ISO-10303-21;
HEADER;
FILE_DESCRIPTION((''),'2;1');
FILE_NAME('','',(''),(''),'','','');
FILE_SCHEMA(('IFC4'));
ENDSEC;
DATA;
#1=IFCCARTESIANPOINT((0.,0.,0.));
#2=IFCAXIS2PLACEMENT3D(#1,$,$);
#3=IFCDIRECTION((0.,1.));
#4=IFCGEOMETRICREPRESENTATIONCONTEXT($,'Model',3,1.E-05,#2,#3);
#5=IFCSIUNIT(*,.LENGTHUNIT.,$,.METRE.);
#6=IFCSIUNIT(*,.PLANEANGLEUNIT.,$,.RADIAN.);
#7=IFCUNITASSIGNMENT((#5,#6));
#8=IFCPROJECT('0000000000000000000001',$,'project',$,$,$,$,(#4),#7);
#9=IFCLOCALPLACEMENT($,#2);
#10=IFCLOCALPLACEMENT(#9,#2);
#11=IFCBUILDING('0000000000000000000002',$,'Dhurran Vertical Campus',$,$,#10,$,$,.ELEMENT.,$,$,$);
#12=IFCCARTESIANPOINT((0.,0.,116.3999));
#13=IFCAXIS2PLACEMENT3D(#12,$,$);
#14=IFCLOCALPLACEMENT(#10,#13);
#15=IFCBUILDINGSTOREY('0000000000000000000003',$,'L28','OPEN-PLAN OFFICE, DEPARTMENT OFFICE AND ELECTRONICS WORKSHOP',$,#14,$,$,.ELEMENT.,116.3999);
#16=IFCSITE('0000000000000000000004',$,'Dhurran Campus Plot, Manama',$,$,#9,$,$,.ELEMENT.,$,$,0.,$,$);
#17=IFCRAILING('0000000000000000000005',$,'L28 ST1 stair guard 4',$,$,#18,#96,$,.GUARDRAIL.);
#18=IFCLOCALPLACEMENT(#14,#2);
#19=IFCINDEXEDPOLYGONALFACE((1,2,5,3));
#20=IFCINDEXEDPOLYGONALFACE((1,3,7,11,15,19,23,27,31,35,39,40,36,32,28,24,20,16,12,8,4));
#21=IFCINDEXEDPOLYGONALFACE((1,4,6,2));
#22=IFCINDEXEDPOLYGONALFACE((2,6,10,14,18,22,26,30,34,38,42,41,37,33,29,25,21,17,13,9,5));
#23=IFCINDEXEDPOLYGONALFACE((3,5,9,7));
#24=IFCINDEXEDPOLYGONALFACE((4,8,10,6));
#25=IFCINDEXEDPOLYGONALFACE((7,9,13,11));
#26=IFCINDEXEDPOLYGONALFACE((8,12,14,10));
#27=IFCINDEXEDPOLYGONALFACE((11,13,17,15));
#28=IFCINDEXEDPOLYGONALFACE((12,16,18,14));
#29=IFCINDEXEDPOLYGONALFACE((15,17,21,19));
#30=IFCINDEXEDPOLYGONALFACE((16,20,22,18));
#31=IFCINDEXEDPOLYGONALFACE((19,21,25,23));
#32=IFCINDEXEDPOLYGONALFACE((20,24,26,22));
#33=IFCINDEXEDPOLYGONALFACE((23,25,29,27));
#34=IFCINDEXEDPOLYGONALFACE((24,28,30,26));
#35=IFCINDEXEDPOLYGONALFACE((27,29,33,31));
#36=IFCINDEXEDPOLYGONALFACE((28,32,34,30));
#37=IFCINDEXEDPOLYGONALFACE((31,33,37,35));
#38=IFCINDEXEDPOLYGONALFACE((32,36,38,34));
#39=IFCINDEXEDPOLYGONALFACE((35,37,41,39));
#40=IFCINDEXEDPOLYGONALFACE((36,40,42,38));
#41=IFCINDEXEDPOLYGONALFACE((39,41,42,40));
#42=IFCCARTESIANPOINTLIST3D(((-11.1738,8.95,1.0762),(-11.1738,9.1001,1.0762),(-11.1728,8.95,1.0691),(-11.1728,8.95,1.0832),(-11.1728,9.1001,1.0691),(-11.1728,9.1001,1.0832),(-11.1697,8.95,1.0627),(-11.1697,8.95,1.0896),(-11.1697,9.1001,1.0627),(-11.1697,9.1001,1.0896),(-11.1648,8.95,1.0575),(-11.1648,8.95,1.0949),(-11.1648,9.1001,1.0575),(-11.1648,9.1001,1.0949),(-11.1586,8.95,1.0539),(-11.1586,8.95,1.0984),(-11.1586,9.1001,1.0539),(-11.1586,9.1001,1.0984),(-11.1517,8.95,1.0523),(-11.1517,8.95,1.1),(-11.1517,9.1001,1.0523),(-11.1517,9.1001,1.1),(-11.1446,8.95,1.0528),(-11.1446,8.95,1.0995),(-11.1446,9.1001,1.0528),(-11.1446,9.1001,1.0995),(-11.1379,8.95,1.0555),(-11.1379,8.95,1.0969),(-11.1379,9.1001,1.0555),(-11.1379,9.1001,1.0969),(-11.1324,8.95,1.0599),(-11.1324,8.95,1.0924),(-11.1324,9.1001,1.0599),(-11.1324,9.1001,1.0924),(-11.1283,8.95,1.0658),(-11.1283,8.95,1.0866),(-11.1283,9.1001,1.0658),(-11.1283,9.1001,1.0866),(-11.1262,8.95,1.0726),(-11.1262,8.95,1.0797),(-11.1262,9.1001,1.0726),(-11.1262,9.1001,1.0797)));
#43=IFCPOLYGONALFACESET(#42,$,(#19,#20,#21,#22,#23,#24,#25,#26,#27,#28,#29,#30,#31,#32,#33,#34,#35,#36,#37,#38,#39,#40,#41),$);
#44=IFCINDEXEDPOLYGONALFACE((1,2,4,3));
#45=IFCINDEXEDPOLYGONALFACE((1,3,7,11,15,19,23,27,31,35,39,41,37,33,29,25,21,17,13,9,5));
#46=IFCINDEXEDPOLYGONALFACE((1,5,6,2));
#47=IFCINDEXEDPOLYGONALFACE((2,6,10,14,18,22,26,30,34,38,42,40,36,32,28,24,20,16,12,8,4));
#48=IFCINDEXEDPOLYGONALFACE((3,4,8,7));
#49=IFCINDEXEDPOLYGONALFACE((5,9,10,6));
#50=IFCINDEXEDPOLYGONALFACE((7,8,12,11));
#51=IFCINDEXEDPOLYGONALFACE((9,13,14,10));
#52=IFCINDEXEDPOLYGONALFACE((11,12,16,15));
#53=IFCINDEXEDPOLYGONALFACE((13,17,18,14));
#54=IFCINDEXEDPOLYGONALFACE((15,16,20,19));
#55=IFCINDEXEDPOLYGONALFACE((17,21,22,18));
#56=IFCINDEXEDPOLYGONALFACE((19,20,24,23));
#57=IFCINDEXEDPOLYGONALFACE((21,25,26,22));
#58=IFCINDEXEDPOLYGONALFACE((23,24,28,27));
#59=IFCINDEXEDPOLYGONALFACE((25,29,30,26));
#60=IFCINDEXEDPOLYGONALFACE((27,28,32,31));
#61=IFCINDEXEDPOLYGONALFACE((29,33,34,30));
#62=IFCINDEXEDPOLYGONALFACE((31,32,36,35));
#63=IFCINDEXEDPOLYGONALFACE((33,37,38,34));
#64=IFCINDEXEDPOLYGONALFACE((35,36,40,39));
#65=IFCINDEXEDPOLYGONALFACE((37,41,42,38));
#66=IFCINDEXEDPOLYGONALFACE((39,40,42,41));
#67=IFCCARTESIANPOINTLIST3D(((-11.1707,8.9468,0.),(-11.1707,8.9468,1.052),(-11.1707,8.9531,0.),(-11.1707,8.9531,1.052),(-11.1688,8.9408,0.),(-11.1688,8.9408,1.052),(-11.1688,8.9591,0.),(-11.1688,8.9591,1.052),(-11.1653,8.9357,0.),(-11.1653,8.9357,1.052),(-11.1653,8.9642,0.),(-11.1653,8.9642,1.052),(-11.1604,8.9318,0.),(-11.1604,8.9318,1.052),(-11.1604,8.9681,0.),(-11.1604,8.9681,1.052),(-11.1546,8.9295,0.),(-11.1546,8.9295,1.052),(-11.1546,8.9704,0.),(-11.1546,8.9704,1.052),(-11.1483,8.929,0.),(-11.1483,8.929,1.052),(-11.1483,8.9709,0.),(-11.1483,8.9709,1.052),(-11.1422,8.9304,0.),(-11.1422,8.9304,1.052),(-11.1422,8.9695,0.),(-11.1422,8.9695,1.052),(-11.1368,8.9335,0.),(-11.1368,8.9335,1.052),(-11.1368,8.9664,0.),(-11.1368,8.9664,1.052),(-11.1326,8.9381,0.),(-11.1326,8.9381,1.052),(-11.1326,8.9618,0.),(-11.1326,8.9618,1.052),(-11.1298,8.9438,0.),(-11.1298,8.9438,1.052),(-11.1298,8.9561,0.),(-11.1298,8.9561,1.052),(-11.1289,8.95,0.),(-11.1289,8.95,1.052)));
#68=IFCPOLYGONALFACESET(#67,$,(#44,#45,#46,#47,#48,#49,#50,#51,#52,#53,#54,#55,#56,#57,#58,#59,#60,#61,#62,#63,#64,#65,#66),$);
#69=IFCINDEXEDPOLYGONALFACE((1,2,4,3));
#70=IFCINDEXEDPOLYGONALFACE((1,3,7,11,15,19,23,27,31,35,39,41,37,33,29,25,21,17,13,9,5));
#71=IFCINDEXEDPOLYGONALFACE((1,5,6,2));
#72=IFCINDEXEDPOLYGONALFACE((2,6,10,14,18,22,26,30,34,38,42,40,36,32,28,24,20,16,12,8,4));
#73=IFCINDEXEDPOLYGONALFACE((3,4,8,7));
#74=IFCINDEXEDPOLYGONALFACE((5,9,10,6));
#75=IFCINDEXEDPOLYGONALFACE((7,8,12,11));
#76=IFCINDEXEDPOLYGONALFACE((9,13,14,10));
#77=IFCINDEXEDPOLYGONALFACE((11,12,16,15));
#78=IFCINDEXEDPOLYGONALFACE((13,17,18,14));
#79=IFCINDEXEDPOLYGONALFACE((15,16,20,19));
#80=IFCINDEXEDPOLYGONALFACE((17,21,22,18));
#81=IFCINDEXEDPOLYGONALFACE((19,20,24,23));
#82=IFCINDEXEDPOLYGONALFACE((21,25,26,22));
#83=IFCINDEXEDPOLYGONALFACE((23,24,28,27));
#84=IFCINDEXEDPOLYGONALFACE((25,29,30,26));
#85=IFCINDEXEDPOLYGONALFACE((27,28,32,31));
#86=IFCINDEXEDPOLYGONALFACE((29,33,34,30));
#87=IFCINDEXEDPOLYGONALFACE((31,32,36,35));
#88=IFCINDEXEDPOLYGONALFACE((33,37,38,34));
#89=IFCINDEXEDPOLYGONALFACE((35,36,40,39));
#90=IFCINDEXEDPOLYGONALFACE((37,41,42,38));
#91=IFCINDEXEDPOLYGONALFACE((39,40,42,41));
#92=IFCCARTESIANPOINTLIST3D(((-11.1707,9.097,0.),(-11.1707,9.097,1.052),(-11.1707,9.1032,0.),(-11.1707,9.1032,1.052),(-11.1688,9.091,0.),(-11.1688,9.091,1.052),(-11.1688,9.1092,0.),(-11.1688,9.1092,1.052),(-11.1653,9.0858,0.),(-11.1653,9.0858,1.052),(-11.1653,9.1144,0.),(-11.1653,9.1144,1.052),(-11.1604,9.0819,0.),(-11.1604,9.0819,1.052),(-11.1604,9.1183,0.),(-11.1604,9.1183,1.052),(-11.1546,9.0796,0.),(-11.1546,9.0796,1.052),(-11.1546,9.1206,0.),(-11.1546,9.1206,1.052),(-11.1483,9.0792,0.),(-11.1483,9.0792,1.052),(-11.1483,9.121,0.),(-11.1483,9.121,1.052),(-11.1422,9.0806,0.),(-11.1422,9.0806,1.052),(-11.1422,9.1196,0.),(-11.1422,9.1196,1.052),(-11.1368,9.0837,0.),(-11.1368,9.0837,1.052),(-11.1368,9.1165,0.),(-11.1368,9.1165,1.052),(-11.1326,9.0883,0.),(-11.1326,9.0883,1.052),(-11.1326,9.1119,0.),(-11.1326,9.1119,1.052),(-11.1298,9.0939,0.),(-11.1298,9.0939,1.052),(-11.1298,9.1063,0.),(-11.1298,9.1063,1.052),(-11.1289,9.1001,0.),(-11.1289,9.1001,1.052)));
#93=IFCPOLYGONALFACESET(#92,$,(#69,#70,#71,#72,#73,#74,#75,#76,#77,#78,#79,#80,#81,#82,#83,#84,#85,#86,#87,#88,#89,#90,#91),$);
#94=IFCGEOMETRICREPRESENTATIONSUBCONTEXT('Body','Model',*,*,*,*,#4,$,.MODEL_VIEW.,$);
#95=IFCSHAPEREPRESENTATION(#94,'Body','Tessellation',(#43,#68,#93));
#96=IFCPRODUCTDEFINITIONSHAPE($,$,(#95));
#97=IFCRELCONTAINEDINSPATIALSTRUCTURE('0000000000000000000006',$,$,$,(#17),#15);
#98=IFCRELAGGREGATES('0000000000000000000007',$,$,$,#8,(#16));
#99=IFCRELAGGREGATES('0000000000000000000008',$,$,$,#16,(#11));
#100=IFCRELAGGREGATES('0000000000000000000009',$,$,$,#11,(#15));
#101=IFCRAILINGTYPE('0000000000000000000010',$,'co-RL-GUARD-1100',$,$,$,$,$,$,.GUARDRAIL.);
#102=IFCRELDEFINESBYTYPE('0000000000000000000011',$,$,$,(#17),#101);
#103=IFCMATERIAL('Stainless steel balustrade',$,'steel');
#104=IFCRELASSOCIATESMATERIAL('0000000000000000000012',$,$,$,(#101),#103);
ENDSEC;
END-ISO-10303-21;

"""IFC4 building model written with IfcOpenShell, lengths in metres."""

from ifc_helpers import new_model, si_unit, direction, frame, origin, origin_2d, place, context, subcontext, project, spatial, circle, extrude, material, type_object, element, save


model = new_model("IFC4")

# Units and contexts
model_context = context("Model", 3, precision=1e-05, world=origin(), true_north=direction((0.0, 1.0)))
body_context = subcontext(model_context, "Body", "Model", "MODEL_VIEW")
ifc_project = project(units=[si_unit("LENGTHUNIT", "METRE"), si_unit("PLANEANGLEUNIT", "RADIAN")], contexts=[model_context])

# Site, building, storey
site_placement = place(None, origin())
site = spatial("IfcSite", under=ifc_project, at=site_placement, Name="Dhurran Campus Plot, Manama", CompositionType="ELEMENT", RefElevation=0.0)
building_placement = place(site_placement, origin())
building = spatial("IfcBuilding", under=site, at=building_placement, Name="Dhurran Vertical Campus", CompositionType="ELEMENT")
storey_placement = place(building_placement, frame((0.0, 0.0, 116.3999)))
storey = spatial("IfcBuildingStorey", under=building, at=storey_placement, Name="L28", Description="OPEN-PLAN OFFICE, DEPARTMENT OFFICE AND ELECTRONICS WORKSHOP", CompositionType="ELEMENT", Elevation=116.3999)

# Railing
ifc_material_1 = material(Name="Stainless steel balustrade", Category="steel")
railing_type_1 = type_object("IfcRailingType", Name="co-RL-GUARD-1100", PredefinedType="GUARDRAIL", material=ifc_material_1)
railing_1_placement = place(storey_placement, frame((-11.1499, 8.95, 0.0)))
element("IfcRailing", 1, at=railing_1_placement, inside=storey, type_object=railing_type_1, Name="L28 ST1 stair guard 4", PredefinedType="GUARDRAIL", context=body_context, shape_type="SweptSolid", body=[
    extrude(circle(Radius=0.0239, at=origin_2d()), frame((0.0, 0.0, 1.0762), z_axis=(0.0, 1.0, 0.0), x_axis=(-1.0, 0.0, 0.0)), (0.0, 0.0, 1.0), 0.1501),
    extrude(circle(Radius=0.021, at=origin_2d()), origin(), (0.0, 0.0, 1.0), 1.052),
    extrude(circle(Radius=0.021, at=origin_2d()), frame((0.0, 0.1501, 0.0)), (0.0, 0.0, 1.0), 1.052),
])

save(model, "model.ifc")
